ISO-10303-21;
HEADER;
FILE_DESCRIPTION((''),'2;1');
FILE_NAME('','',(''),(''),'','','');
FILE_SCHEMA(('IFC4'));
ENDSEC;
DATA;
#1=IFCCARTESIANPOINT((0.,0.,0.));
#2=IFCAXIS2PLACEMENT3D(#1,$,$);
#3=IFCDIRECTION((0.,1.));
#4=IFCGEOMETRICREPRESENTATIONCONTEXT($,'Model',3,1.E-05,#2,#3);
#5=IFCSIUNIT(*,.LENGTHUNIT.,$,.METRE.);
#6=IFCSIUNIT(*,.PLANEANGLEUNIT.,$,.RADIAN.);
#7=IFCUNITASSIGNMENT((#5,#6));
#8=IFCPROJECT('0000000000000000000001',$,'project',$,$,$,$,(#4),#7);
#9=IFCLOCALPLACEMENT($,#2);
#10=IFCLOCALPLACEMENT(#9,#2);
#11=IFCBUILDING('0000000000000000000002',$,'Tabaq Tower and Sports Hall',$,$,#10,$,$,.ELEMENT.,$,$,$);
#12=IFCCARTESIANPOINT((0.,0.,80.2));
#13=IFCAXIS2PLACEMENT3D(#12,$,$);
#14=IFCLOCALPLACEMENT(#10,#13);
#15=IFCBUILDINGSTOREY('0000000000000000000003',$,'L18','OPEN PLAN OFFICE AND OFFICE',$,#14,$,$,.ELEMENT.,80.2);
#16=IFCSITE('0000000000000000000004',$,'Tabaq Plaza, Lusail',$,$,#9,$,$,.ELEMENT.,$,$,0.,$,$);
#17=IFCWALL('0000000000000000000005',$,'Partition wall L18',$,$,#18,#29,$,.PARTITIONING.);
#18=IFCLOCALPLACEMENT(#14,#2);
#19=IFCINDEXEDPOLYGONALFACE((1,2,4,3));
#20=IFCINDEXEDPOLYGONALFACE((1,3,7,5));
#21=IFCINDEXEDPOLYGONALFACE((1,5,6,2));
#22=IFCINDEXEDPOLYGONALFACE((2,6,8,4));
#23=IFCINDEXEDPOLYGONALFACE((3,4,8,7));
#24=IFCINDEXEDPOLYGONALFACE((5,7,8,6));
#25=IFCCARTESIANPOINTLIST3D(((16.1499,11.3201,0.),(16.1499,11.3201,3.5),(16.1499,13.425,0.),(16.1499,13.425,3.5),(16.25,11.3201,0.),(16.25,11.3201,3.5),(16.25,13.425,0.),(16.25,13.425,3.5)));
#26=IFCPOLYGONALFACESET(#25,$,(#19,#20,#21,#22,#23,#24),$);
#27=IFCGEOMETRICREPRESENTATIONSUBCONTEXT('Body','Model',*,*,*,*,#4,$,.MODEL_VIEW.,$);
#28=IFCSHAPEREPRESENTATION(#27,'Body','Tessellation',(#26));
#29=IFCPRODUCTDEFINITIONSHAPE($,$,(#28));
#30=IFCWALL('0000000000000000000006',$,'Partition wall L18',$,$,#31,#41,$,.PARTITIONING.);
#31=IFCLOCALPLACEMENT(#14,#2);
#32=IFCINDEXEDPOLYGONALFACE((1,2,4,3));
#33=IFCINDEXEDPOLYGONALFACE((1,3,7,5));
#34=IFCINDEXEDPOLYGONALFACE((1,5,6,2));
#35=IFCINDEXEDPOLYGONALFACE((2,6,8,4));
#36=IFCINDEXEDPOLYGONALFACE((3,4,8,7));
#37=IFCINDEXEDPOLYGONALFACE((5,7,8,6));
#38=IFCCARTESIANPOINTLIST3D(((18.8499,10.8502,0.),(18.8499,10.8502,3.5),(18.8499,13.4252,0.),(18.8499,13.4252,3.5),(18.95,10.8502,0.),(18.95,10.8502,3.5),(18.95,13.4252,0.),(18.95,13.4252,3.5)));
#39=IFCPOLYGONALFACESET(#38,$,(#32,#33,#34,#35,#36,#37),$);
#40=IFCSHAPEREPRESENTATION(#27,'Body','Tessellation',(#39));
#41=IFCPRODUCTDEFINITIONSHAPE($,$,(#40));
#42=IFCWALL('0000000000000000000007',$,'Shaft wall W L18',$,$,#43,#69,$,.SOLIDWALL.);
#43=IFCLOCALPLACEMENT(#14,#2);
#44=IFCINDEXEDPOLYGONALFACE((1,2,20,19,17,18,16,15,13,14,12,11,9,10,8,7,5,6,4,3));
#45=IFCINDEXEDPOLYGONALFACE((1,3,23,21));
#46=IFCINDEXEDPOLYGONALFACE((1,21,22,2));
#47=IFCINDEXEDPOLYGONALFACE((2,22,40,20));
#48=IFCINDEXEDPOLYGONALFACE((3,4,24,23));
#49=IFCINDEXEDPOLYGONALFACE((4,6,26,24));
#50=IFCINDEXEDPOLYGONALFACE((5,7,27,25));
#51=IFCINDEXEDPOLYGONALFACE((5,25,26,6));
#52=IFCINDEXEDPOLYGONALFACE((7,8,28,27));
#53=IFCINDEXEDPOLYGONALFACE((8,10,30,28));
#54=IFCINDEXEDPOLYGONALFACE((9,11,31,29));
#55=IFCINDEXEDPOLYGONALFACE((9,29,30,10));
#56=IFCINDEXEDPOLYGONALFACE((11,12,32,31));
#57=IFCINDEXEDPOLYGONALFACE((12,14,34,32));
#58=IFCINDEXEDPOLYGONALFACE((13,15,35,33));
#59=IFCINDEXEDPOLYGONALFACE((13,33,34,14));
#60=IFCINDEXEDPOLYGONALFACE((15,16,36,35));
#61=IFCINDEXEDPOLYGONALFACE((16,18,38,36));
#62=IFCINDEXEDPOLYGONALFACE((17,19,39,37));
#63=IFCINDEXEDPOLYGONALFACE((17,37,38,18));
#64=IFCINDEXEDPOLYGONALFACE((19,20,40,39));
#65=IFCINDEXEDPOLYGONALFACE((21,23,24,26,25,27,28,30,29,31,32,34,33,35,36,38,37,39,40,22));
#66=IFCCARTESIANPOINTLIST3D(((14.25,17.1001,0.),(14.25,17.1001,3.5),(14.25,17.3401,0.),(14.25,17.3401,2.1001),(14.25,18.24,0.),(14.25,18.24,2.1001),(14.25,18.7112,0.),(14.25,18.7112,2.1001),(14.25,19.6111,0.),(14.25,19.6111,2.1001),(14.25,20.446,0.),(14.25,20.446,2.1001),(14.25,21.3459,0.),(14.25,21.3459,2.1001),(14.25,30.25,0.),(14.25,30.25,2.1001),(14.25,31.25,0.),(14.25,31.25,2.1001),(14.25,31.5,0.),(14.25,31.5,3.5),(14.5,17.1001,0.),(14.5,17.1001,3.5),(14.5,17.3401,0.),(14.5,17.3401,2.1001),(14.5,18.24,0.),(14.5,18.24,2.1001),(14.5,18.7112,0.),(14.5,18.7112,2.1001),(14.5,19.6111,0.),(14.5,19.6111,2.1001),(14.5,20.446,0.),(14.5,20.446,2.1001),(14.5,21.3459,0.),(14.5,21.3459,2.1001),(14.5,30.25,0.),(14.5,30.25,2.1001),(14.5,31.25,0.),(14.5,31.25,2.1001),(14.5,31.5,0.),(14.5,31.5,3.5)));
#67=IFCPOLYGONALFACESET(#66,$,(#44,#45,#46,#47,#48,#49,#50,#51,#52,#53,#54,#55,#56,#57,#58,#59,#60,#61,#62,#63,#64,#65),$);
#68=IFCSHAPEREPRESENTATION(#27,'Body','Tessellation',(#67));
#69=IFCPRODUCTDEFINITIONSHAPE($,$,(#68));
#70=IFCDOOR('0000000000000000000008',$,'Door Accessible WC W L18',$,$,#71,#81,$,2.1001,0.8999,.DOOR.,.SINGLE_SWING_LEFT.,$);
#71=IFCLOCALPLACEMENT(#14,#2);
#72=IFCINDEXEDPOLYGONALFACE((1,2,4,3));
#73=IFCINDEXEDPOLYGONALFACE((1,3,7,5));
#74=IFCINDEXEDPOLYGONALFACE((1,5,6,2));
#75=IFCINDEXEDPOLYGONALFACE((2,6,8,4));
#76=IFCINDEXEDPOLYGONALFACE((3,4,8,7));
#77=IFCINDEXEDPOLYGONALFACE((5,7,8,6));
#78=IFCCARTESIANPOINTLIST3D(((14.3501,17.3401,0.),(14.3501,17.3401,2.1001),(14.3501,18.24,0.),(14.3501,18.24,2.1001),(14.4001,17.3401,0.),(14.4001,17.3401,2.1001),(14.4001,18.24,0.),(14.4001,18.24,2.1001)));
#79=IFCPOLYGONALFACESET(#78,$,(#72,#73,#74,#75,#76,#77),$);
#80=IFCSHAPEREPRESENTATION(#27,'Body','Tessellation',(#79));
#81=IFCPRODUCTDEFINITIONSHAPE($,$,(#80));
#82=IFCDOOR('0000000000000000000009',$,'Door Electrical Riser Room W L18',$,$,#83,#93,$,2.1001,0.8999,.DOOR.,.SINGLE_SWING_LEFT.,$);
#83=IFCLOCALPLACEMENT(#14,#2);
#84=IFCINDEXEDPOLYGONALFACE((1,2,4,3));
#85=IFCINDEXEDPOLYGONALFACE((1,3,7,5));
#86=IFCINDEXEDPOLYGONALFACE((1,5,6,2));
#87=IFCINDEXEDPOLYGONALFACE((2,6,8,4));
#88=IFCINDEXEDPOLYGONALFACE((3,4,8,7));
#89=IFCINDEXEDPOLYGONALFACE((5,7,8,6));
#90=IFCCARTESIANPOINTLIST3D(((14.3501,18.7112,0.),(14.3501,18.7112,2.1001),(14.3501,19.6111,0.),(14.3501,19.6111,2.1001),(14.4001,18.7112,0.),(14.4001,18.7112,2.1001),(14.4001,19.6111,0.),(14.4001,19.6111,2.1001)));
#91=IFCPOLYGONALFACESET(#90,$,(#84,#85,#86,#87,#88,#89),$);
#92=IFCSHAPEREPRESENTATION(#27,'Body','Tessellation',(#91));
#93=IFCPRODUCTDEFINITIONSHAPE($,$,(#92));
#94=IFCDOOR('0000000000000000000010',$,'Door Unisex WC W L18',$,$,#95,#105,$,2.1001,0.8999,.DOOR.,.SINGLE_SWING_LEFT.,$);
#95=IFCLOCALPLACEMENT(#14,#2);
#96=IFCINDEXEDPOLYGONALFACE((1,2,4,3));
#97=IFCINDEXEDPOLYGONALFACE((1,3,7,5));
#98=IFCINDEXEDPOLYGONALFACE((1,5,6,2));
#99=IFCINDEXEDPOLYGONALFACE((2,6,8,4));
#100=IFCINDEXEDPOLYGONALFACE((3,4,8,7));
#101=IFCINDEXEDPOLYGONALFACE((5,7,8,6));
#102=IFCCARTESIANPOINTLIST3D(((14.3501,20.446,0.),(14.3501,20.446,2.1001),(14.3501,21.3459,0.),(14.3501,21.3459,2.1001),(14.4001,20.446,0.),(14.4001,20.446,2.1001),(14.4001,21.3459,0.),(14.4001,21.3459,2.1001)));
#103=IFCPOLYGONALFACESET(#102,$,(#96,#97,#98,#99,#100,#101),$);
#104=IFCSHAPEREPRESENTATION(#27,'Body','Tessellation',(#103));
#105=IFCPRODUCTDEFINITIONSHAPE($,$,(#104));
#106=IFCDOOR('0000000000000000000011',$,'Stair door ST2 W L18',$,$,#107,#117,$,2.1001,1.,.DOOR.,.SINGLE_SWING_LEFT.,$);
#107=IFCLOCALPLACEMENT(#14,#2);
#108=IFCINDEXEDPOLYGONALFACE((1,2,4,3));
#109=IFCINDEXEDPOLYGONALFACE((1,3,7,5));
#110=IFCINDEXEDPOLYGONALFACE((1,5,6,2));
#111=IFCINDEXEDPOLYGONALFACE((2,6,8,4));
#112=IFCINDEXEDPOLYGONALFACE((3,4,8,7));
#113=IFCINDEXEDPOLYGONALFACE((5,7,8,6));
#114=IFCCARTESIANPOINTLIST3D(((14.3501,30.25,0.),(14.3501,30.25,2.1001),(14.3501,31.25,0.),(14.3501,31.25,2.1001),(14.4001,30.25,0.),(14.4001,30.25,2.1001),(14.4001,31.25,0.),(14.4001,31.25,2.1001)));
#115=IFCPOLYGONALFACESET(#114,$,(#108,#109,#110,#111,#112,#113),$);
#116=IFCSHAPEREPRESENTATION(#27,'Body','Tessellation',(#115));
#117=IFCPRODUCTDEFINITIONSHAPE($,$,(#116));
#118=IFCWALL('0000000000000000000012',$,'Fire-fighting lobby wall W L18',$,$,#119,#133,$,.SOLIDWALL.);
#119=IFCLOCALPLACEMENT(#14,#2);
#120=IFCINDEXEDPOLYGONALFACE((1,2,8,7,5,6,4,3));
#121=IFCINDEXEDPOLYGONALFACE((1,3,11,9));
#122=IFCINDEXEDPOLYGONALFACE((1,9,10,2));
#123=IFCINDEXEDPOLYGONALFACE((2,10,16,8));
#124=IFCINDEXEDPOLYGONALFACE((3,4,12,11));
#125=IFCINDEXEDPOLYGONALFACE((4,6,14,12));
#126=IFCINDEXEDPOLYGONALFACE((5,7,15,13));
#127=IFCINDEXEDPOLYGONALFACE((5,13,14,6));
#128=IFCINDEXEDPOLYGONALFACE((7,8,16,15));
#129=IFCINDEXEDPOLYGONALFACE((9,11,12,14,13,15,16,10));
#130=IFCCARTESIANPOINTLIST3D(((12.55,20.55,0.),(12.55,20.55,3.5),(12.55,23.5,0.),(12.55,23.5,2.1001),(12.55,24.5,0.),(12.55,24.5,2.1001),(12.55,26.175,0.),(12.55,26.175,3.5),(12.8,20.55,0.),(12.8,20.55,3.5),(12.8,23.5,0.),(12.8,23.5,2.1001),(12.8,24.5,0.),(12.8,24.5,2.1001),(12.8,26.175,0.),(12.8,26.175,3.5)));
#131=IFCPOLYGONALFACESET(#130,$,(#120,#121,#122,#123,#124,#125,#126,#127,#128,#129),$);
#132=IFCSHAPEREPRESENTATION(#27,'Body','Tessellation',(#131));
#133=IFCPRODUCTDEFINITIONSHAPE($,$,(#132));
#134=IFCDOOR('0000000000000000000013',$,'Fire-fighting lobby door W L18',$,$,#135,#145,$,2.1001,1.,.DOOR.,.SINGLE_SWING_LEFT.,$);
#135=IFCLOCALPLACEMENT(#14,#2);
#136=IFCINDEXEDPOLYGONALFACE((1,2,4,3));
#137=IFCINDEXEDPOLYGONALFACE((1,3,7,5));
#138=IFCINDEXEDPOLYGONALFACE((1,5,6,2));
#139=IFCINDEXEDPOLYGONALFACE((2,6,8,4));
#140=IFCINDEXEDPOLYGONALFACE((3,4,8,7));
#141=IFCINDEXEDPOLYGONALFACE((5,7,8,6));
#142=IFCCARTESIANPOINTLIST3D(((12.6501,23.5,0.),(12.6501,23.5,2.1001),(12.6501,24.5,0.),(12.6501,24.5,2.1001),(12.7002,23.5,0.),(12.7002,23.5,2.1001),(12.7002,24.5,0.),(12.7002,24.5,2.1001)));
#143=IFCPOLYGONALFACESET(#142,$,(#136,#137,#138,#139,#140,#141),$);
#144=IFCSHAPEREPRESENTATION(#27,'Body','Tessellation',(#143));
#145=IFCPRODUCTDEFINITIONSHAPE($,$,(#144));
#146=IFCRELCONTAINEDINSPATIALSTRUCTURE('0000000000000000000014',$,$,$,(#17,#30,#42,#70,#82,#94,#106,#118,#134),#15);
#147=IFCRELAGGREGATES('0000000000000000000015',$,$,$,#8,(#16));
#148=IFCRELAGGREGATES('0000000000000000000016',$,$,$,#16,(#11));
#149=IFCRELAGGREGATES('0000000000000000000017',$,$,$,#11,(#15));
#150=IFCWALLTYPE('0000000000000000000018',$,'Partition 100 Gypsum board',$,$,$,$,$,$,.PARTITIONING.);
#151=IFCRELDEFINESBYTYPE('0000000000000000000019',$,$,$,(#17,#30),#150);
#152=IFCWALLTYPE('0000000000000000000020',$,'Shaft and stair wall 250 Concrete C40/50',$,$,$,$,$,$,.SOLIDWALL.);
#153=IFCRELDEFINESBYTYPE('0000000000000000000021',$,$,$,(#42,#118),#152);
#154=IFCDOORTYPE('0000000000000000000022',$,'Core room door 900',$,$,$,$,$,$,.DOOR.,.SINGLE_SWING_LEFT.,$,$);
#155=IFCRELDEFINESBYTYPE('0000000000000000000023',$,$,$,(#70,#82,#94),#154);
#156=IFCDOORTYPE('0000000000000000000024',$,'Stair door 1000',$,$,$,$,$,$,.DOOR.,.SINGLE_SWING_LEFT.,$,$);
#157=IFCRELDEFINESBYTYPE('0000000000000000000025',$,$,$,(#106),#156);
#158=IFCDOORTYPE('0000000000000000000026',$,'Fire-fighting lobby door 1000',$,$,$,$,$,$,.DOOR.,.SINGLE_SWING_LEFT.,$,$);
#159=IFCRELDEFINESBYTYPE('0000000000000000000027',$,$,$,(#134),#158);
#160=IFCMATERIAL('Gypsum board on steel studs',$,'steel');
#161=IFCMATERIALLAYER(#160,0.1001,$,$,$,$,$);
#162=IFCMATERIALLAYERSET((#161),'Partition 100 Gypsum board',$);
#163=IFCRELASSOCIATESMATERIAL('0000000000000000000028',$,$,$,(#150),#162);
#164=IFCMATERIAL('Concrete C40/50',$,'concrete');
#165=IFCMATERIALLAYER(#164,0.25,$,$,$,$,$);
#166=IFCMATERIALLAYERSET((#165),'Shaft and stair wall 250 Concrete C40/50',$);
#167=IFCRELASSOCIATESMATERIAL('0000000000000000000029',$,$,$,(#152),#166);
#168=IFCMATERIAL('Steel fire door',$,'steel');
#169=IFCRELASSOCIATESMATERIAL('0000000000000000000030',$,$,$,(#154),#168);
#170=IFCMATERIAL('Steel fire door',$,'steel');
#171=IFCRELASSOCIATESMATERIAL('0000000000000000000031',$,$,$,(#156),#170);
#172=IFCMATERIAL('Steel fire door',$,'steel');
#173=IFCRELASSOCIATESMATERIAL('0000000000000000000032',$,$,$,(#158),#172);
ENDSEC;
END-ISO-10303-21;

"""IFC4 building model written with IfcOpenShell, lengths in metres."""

from ifc_helpers import new_model, si_unit, direction, frame, frame_2d, origin, place, context, subcontext, project, spatial, rectangle, extrude, material, layer, layer_set, type_object, element, fill, save


model = new_model("IFC4")

# Units and contexts
model_context = context("Model", 3, precision=1e-05, world=origin(), true_north=direction((0.0, 1.0)))
body_context = subcontext(model_context, "Body", "Model", "MODEL_VIEW")
ifc_project = project(units=[si_unit("LENGTHUNIT", "METRE"), si_unit("PLANEANGLEUNIT", "RADIAN")], contexts=[model_context])

# Site, building, storey
site_placement = place(None, origin())
site = spatial("IfcSite", under=ifc_project, at=site_placement, Name="Tabaq Plaza, Lusail", CompositionType="ELEMENT", RefElevation=0.0)
building_placement = place(site_placement, origin())
building = spatial("IfcBuilding", under=site, at=building_placement, Name="Tabaq Tower and Sports Hall", CompositionType="ELEMENT")
storey_placement = place(building_placement, frame((0.0, 0.0, 80.2)))
storey = spatial("IfcBuildingStorey", under=building, at=storey_placement, Name="L18", Description="OPEN PLAN OFFICE AND OFFICE", CompositionType="ELEMENT", Elevation=80.2)

# Walls
ifc_material_1 = material(Name="Gypsum board on steel studs", Category="steel")
ifc_layer_1 = layer(ifc_material_1, 0.1001)
ifc_layer_set_1 = layer_set([ifc_layer_1], Name="Partition 100 Gypsum board")
wall_type_1 = type_object("IfcWallType", Name="Partition 100 Gypsum board", PredefinedType="PARTITIONING", material=ifc_layer_set_1)
for number, where, z_axis, x_axis, name in (
    (1, (16.2, 11.3201, 0.0), (0.0, 0.0, 1.0), (0.0, 1.0, 0.0), "Partition wall L18"),
):
    element("IfcWall", number, at=place(storey_placement, frame(where, z_axis=z_axis, x_axis=x_axis)), inside=storey, type_object=wall_type_1, Name=name, PredefinedType="PARTITIONING", context=body_context, shape_type="SweptSolid", body=[
        extrude(rectangle(XDim=2.105, YDim=0.1001, at=frame_2d((1.0525, 0.0))), origin(), (0.0, 0.0, 1.0), 3.5),
    ])
wall_1_placement = place(storey_placement, frame((18.8999, 10.8501, 0.0), z_axis=(0.0, 0.0, 1.0), x_axis=(0.0, 1.0, 0.0)))
element("IfcWall", 2, at=wall_1_placement, inside=storey, type_object=wall_type_1, Name="Partition wall L18", PredefinedType="PARTITIONING", context=body_context, shape_type="SweptSolid", body=[
    extrude(rectangle(XDim=2.575, YDim=0.1001, at=frame_2d((1.2876, 0.0))), origin(), (0.0, 0.0, 1.0), 3.5),
])

# Wall, openings, doors
ifc_material_2 = material(Name="Concrete C40/50", Category="concrete")
ifc_layer_2 = layer(ifc_material_2, 0.25)
ifc_layer_set_2 = layer_set([ifc_layer_2], Name="Shaft and stair wall 250 Concrete C40/50")
wall_type_2 = type_object("IfcWallType", Name="Shaft and stair wall 250 Concrete C40/50", PredefinedType="SOLIDWALL", material=ifc_layer_set_2)
wall_2_placement = place(storey_placement, frame((14.375, 17.1001, 0.0), z_axis=(0.0, 0.0, 1.0), x_axis=(0.0, 1.0, 0.0)))
wall_2 = element("IfcWall", 3, at=wall_2_placement, inside=storey, type_object=wall_type_2, Name="Shaft wall W L18", PredefinedType="SOLIDWALL", context=body_context, shape_type="SweptSolid", body=[
    extrude(rectangle(XDim=14.3999, YDim=0.25, at=frame_2d((7.2, 0.0))), origin(), (0.0, 0.0, 1.0), 3.5),
])
opening_1_placement = place(wall_2_placement, frame((13.1499, 0.0, 0.0)))
opening_1 = element("IfcOpeningElement", 4, at=opening_1_placement, cuts=wall_2, PredefinedType="OPENING", context=body_context, shape_type="SweptSolid", body=[
    extrude(rectangle(XDim=1.0, YDim=2.1001, at=frame_2d((0.5, 1.05))), frame((0.0, 0.125, 0.0), z_axis=(0.0, -1.0, 0.0), x_axis=(1.0, 0.0, 0.0)), (0.0, 0.0, 1.0), 0.25),
])
opening_2_placement = place(wall_2_placement, frame((0.24, 0.0, 0.0)))
opening_2 = element("IfcOpeningElement", 5, at=opening_2_placement, cuts=wall_2, PredefinedType="OPENING", context=body_context, shape_type="SweptSolid", body=[
    extrude(rectangle(XDim=0.8999, YDim=2.1001, at=frame_2d((0.45, 1.05))), frame((0.0, 0.125, 0.0), z_axis=(0.0, -1.0, 0.0), x_axis=(1.0, 0.0, 0.0)), (0.0, 0.0, 1.0), 0.25),
])
opening_3_placement = place(wall_2_placement, frame((1.6111, 0.0, 0.0)))
opening_3 = element("IfcOpeningElement", 6, at=opening_3_placement, cuts=wall_2, PredefinedType="OPENING", context=body_context, shape_type="SweptSolid", body=[
    extrude(rectangle(XDim=0.8999, YDim=2.1001, at=frame_2d((0.45, 1.05))), frame((0.0, 0.125, 0.0), z_axis=(0.0, -1.0, 0.0), x_axis=(1.0, 0.0, 0.0)), (0.0, 0.0, 1.0), 0.25),
])
opening_4_placement = place(wall_2_placement, frame((3.3459, 0.0, 0.0)))
opening_4 = element("IfcOpeningElement", 7, at=opening_4_placement, cuts=wall_2, PredefinedType="OPENING", context=body_context, shape_type="SweptSolid", body=[
    extrude(rectangle(XDim=0.8999, YDim=2.1001, at=frame_2d((0.45, 1.05))), frame((0.0, 0.125, 0.0), z_axis=(0.0, -1.0, 0.0), x_axis=(1.0, 0.0, 0.0)), (0.0, 0.0, 1.0), 0.25),
])
ifc_material_3 = material(Name="Steel fire door", Category="steel")
door_type_1 = type_object("IfcDoorType", Name="Core room door 900", OperationType="SINGLE_SWING_LEFT", PredefinedType="DOOR", material=ifc_material_3)
door_1_placement = place(opening_2_placement, origin())
door_1 = element("IfcDoor", 8, at=door_1_placement, inside=storey, type_object=door_type_1, Name="Door Accessible WC W L18", OperationType="SINGLE_SWING_LEFT", OverallHeight=2.1001, OverallWidth=0.8999, PredefinedType="DOOR", context=body_context, shape_type="SweptSolid", body=[
    extrude(rectangle(XDim=0.8999, YDim=2.1001, at=frame_2d((0.45, 1.05))), frame((0.0, 0.0249, 0.0), z_axis=(0.0, -1.0, 0.0), x_axis=(1.0, 0.0, 0.0)), (0.0, 0.0, 1.0), 0.05),
])
fill(opening_2, door_1)
door_2_placement = place(opening_3_placement, origin())
door_2 = element("IfcDoor", 9, at=door_2_placement, inside=storey, type_object=door_type_1, Name="Door Electrical Riser Room W L18", OperationType="SINGLE_SWING_LEFT", OverallHeight=2.1001, OverallWidth=0.8999, PredefinedType="DOOR", context=body_context, shape_type="SweptSolid", body=[
    extrude(rectangle(XDim=0.8999, YDim=2.1001, at=frame_2d((0.45, 1.05))), frame((0.0, 0.0249, 0.0), z_axis=(0.0, -1.0, 0.0), x_axis=(1.0, 0.0, 0.0)), (0.0, 0.0, 1.0), 0.05),
])
fill(opening_3, door_2)
door_3_placement = place(opening_4_placement, origin())
door_3 = element("IfcDoor", 10, at=door_3_placement, inside=storey, type_object=door_type_1, Name="Door Unisex WC W L18", OperationType="SINGLE_SWING_LEFT", OverallHeight=2.1001, OverallWidth=0.8999, PredefinedType="DOOR", context=body_context, shape_type="SweptSolid", body=[
    extrude(rectangle(XDim=0.8999, YDim=2.1001, at=frame_2d((0.45, 1.05))), frame((0.0, 0.0249, 0.0), z_axis=(0.0, -1.0, 0.0), x_axis=(1.0, 0.0, 0.0)), (0.0, 0.0, 1.0), 0.05),
])
fill(opening_4, door_3)
ifc_material_4 = material(Name="Steel fire door", Category="steel")
door_type_2 = type_object("IfcDoorType", Name="Stair door 1000", OperationType="SINGLE_SWING_LEFT", PredefinedType="DOOR", material=ifc_material_4)
door_4_placement = place(opening_1_placement, origin())
door_4 = element("IfcDoor", 11, at=door_4_placement, inside=storey, type_object=door_type_2, Name="Stair door ST2 W L18", OperationType="SINGLE_SWING_LEFT", OverallHeight=2.1001, OverallWidth=1.0, PredefinedType="DOOR", context=body_context, shape_type="SweptSolid", body=[
    extrude(rectangle(XDim=1.0, YDim=2.1001, at=frame_2d((0.5, 1.05))), frame((0.0, 0.0249, 0.0), z_axis=(0.0, -1.0, 0.0), x_axis=(1.0, 0.0, 0.0)), (0.0, 0.0, 1.0), 0.05),
])
fill(opening_1, door_4)

# Wall, opening, door
wall_3_placement = place(storey_placement, frame((12.675, 20.55, 0.0), z_axis=(0.0, 0.0, 1.0), x_axis=(0.0, 1.0, 0.0)))
wall_3 = element("IfcWall", 12, at=wall_3_placement, inside=storey, type_object=wall_type_2, Name="Fire-fighting lobby wall W L18", PredefinedType="SOLIDWALL", context=body_context, shape_type="SweptSolid", body=[
    extrude(rectangle(XDim=5.625, YDim=0.25, at=frame_2d((2.8125, 0.0))), origin(), (0.0, 0.0, 1.0), 3.5),
])
opening_5_placement = place(wall_3_placement, frame((2.95, 0.0, 0.0)))
opening_5 = element("IfcOpeningElement", 13, at=opening_5_placement, cuts=wall_3, PredefinedType="OPENING", context=body_context, shape_type="SweptSolid", body=[
    extrude(rectangle(XDim=1.0, YDim=2.1001, at=frame_2d((0.5, 1.05))), frame((0.0, 0.125, 0.0), z_axis=(0.0, -1.0, 0.0), x_axis=(1.0, 0.0, 0.0)), (0.0, 0.0, 1.0), 0.25),
])
ifc_material_5 = material(Name="Steel fire door", Category="steel")
door_type_3 = type_object("IfcDoorType", Name="Fire-fighting lobby door 1000", OperationType="SINGLE_SWING_LEFT", PredefinedType="DOOR", material=ifc_material_5)
door_5_placement = place(opening_5_placement, origin())
door_5 = element("IfcDoor", 14, at=door_5_placement, inside=storey, type_object=door_type_3, Name="Fire-fighting lobby door W L18", OperationType="SINGLE_SWING_LEFT", OverallHeight=2.1001, OverallWidth=1.0, PredefinedType="DOOR", context=body_context, shape_type="SweptSolid", body=[
    extrude(rectangle(XDim=1.0, YDim=2.1001, at=frame_2d((0.5, 1.05))), frame((0.0, 0.0249, 0.0), z_axis=(0.0, -1.0, 0.0), x_axis=(1.0, 0.0, 0.0)), (0.0, 0.0, 1.0), 0.05),
])
fill(opening_5, door_5)

save(model, "model.ifc")
